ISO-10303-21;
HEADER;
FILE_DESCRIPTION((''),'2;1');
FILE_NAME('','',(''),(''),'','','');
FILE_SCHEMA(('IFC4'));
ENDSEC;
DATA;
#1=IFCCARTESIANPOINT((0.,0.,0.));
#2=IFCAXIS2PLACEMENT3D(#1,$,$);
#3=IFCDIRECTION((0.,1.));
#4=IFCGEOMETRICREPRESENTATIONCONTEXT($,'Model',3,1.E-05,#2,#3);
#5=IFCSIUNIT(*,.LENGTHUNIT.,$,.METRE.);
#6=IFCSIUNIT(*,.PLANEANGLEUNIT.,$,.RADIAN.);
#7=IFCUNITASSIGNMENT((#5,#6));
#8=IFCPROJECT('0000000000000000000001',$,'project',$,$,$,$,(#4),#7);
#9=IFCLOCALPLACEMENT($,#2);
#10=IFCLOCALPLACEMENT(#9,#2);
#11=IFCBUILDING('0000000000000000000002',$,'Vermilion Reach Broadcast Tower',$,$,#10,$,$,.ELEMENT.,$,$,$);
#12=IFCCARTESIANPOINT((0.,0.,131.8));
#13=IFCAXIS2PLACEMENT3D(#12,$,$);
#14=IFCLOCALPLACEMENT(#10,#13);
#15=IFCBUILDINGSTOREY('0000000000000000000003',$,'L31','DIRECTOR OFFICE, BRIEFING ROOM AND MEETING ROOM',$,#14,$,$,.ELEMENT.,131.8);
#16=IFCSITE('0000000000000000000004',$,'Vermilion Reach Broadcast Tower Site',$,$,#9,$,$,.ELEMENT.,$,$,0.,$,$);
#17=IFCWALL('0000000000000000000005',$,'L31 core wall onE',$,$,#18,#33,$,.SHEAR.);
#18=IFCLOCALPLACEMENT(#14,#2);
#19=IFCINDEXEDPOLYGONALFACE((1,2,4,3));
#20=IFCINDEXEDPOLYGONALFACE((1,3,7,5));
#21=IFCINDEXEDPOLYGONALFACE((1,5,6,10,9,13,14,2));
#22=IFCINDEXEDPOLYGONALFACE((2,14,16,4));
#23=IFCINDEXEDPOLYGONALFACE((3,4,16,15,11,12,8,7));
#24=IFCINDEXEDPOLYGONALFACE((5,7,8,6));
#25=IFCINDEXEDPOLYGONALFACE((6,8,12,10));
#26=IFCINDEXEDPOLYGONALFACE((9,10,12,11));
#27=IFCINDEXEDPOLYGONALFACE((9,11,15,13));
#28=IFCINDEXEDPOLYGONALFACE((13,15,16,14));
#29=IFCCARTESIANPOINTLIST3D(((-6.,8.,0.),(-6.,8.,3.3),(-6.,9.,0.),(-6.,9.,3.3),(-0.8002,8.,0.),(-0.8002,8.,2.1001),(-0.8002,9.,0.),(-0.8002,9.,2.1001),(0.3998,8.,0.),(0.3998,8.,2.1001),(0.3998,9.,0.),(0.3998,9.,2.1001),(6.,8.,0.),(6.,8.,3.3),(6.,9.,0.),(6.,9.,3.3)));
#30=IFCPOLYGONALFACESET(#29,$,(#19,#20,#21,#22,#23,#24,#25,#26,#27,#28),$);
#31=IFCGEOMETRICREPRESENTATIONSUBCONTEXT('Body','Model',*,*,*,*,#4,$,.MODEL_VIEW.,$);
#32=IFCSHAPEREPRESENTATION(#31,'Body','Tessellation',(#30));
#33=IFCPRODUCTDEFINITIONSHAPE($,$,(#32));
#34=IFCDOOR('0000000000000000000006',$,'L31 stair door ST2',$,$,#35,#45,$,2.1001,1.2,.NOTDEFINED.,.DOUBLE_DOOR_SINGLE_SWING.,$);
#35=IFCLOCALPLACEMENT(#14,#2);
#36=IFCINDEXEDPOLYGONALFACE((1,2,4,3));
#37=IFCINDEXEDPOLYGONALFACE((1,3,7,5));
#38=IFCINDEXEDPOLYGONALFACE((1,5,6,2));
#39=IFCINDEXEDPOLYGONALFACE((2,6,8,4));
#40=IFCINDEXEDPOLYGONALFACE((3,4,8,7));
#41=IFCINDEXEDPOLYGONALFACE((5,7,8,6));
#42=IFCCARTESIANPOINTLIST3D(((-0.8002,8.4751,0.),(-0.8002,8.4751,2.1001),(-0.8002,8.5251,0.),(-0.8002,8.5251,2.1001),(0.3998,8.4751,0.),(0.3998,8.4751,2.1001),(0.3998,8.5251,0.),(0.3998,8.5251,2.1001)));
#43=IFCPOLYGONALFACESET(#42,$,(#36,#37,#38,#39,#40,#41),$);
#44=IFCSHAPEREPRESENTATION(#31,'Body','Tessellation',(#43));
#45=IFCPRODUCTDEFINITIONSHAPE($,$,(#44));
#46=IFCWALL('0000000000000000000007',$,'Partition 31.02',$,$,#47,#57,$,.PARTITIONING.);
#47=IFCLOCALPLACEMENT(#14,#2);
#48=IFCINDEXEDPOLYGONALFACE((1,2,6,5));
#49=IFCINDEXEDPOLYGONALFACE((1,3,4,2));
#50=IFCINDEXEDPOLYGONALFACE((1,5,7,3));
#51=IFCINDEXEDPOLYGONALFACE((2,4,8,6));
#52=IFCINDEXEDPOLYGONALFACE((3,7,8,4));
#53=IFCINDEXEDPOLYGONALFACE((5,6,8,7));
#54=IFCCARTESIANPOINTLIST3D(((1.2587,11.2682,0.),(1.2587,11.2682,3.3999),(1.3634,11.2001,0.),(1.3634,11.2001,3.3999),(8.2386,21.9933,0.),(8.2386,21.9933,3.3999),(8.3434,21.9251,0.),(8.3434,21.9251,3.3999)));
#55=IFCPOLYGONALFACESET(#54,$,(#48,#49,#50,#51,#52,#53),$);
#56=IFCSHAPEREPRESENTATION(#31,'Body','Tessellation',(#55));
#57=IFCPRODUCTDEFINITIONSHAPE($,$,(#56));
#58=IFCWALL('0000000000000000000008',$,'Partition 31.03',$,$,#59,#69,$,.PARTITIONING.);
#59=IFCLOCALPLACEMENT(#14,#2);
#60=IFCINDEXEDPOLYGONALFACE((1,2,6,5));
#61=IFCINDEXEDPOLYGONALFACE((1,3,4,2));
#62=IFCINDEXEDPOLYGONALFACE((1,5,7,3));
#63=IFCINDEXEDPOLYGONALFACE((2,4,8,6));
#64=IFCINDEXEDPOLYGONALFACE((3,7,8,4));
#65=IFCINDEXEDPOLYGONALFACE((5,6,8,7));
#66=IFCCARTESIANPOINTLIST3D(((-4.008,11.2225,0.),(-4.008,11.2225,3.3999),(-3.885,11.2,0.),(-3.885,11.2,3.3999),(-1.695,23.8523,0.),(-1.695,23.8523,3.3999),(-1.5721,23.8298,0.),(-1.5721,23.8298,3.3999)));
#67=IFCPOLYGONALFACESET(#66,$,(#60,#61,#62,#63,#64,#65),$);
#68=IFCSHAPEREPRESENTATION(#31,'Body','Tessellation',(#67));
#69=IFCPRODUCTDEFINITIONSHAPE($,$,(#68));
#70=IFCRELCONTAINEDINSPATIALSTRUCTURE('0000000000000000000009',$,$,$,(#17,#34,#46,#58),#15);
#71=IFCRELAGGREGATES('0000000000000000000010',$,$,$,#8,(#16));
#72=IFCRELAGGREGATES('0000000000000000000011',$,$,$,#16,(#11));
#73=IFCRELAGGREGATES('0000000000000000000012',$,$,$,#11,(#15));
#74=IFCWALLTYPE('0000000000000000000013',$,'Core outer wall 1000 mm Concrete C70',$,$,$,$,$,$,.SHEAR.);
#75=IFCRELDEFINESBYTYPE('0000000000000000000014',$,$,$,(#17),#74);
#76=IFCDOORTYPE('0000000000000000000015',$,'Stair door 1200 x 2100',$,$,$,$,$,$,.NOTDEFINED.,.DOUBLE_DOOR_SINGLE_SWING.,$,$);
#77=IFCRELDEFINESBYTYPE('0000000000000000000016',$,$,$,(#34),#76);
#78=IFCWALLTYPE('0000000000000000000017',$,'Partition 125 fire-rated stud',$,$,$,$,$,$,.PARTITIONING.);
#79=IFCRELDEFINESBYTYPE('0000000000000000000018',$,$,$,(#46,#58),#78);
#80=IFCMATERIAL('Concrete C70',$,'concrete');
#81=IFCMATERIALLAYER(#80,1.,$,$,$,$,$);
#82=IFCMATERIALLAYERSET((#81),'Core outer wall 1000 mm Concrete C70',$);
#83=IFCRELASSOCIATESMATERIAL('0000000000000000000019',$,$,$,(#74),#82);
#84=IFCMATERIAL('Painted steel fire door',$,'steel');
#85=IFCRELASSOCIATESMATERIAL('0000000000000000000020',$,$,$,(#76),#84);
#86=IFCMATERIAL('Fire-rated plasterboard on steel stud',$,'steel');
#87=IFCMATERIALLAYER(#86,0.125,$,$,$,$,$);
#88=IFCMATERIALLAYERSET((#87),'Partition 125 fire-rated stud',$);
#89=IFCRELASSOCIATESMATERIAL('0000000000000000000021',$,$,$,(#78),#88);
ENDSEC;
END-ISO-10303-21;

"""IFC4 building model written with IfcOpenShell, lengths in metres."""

from ifc_helpers import new_model, si_unit, direction, frame, frame_2d, origin, place, context, subcontext, project, spatial, rectangle, extrude, material, layer, layer_set, type_object, element, fill, save


model = new_model("IFC4")

# Units and contexts
model_context = context("Model", 3, precision=1e-05, world=origin(), true_north=direction((0.0, 1.0)))
body_context = subcontext(model_context, "Body", "Model", "MODEL_VIEW")
ifc_project = project(units=[si_unit("LENGTHUNIT", "METRE"), si_unit("PLANEANGLEUNIT", "RADIAN")], contexts=[model_context])

# Site, building, storey
site_placement = place(None, origin())
site = spatial("IfcSite", under=ifc_project, at=site_placement, Name="Vermilion Reach Broadcast Tower Site", CompositionType="ELEMENT", RefElevation=0.0)
building_placement = place(site_placement, origin())
building = spatial("IfcBuilding", under=site, at=building_placement, Name="Vermilion Reach Broadcast Tower", CompositionType="ELEMENT")
storey_placement = place(building_placement, frame((0.0, 0.0, 131.8)))
storey = spatial("IfcBuildingStorey", under=building, at=storey_placement, Name="L31", Description="DIRECTOR OFFICE, BRIEFING ROOM AND MEETING ROOM", CompositionType="ELEMENT", Elevation=131.8)

# Wall, opening, door
ifc_material_1 = material(Name="Concrete C70", Category="concrete")
ifc_layer_1 = layer(ifc_material_1, 1.0)
ifc_layer_set_1 = layer_set([ifc_layer_1], Name="Core outer wall 1000 mm Concrete C70")
wall_type_1 = type_object("IfcWallType", Name="Core outer wall 1000 mm Concrete C70", PredefinedType="SHEAR", material=ifc_layer_set_1)
wall_1_placement = place(storey_placement, frame((6.0, 8.5, 0.0), z_axis=(0.0, 0.0, 1.0), x_axis=(-1.0, 0.0, 0.0)))
wall_1 = element("IfcWall", 1, at=wall_1_placement, inside=storey, type_object=wall_type_1, Name="L31 core wall onE", PredefinedType="SHEAR", context=body_context, shape_type="SweptSolid", body=[
    extrude(rectangle(XDim=12.0, YDim=1.0, at=frame_2d((6.0, 0.0))), origin(), (0.0, 0.0, 1.0), 3.3),
])
opening_1_placement = place(wall_1_placement, frame((5.6001, 0.0, 0.0)))
opening_1 = element("IfcOpeningElement", 2, at=opening_1_placement, cuts=wall_1, PredefinedType="OPENING", context=body_context, shape_type="SweptSolid", body=[
    extrude(rectangle(XDim=1.2, YDim=2.1001, at=frame_2d((0.6001, 1.05))), frame((0.0, 0.51, 0.0), z_axis=(0.0, -1.0, 0.0), x_axis=(1.0, 0.0, 0.0)), (0.0, 0.0, 1.0), 1.02),
])
ifc_material_2 = material(Name="Painted steel fire door", Category="steel")
door_type_1 = type_object("IfcDoorType", Name="Stair door 1200 x 2100", OperationType="DOUBLE_DOOR_SINGLE_SWING", PredefinedType="NOTDEFINED", material=ifc_material_2)
door_1_placement = place(opening_1_placement, origin())
door_1 = element("IfcDoor", 3, at=door_1_placement, inside=storey, type_object=door_type_1, Name="L31 stair door ST2", OperationType="DOUBLE_DOOR_SINGLE_SWING", OverallHeight=2.1001, OverallWidth=1.2, PredefinedType="NOTDEFINED", context=body_context, shape_type="SweptSolid", body=[
    extrude(rectangle(XDim=1.2, YDim=2.1001, at=frame_2d((0.6001, 1.05))), frame((0.0, 0.0249, 0.0), z_axis=(0.0, -1.0, 0.0), x_axis=(1.0, 0.0, 0.0)), (0.0, 0.0, 1.0), 0.05),
])
fill(opening_1, door_1)

# Walls
ifc_material_3 = material(Name="Fire-rated plasterboard on steel stud", Category="steel")
ifc_layer_2 = layer(ifc_material_3, 0.125)
ifc_layer_set_2 = layer_set([ifc_layer_2], Name="Partition 125 fire-rated stud")
wall_type_2 = type_object("IfcWallType", Name="Partition 125 fire-rated stud", PredefinedType="PARTITIONING", material=ifc_layer_set_2)
wall_2_placement = place(storey_placement, frame((8.291, 21.9592, 0.0), z_axis=(0.0, 0.0, 1.0), x_axis=(-0.545464, -0.838134, 0.0)))
element("IfcWall", 4, at=wall_2_placement, inside=storey, type_object=wall_type_2, Name="Partition 31.02", PredefinedType="PARTITIONING", context=body_context, shape_type="SweptSolid", body=[
    extrude(rectangle(XDim=12.7964, YDim=0.125, at=frame_2d((6.3982, 0.0))), origin(), (0.0, 0.0, 1.0), 3.3999),
])
wall_3_placement = place(storey_placement, frame((-1.6335, 23.8411, 0.0), z_axis=(0.0, 0.0, 1.0), x_axis=(-0.18014, -0.983641, 0.0)))
element("IfcWall", 5, at=wall_3_placement, inside=storey, type_object=wall_type_2, Name="Partition 31.03", PredefinedType="PARTITIONING", context=body_context, shape_type="SweptSolid", body=[
    extrude(rectangle(XDim=12.8398, YDim=0.125, at=frame_2d((6.4199, 0.0))), origin(), (0.0, 0.0, 1.0), 3.3999),
])

save(model, "model.ifc")
